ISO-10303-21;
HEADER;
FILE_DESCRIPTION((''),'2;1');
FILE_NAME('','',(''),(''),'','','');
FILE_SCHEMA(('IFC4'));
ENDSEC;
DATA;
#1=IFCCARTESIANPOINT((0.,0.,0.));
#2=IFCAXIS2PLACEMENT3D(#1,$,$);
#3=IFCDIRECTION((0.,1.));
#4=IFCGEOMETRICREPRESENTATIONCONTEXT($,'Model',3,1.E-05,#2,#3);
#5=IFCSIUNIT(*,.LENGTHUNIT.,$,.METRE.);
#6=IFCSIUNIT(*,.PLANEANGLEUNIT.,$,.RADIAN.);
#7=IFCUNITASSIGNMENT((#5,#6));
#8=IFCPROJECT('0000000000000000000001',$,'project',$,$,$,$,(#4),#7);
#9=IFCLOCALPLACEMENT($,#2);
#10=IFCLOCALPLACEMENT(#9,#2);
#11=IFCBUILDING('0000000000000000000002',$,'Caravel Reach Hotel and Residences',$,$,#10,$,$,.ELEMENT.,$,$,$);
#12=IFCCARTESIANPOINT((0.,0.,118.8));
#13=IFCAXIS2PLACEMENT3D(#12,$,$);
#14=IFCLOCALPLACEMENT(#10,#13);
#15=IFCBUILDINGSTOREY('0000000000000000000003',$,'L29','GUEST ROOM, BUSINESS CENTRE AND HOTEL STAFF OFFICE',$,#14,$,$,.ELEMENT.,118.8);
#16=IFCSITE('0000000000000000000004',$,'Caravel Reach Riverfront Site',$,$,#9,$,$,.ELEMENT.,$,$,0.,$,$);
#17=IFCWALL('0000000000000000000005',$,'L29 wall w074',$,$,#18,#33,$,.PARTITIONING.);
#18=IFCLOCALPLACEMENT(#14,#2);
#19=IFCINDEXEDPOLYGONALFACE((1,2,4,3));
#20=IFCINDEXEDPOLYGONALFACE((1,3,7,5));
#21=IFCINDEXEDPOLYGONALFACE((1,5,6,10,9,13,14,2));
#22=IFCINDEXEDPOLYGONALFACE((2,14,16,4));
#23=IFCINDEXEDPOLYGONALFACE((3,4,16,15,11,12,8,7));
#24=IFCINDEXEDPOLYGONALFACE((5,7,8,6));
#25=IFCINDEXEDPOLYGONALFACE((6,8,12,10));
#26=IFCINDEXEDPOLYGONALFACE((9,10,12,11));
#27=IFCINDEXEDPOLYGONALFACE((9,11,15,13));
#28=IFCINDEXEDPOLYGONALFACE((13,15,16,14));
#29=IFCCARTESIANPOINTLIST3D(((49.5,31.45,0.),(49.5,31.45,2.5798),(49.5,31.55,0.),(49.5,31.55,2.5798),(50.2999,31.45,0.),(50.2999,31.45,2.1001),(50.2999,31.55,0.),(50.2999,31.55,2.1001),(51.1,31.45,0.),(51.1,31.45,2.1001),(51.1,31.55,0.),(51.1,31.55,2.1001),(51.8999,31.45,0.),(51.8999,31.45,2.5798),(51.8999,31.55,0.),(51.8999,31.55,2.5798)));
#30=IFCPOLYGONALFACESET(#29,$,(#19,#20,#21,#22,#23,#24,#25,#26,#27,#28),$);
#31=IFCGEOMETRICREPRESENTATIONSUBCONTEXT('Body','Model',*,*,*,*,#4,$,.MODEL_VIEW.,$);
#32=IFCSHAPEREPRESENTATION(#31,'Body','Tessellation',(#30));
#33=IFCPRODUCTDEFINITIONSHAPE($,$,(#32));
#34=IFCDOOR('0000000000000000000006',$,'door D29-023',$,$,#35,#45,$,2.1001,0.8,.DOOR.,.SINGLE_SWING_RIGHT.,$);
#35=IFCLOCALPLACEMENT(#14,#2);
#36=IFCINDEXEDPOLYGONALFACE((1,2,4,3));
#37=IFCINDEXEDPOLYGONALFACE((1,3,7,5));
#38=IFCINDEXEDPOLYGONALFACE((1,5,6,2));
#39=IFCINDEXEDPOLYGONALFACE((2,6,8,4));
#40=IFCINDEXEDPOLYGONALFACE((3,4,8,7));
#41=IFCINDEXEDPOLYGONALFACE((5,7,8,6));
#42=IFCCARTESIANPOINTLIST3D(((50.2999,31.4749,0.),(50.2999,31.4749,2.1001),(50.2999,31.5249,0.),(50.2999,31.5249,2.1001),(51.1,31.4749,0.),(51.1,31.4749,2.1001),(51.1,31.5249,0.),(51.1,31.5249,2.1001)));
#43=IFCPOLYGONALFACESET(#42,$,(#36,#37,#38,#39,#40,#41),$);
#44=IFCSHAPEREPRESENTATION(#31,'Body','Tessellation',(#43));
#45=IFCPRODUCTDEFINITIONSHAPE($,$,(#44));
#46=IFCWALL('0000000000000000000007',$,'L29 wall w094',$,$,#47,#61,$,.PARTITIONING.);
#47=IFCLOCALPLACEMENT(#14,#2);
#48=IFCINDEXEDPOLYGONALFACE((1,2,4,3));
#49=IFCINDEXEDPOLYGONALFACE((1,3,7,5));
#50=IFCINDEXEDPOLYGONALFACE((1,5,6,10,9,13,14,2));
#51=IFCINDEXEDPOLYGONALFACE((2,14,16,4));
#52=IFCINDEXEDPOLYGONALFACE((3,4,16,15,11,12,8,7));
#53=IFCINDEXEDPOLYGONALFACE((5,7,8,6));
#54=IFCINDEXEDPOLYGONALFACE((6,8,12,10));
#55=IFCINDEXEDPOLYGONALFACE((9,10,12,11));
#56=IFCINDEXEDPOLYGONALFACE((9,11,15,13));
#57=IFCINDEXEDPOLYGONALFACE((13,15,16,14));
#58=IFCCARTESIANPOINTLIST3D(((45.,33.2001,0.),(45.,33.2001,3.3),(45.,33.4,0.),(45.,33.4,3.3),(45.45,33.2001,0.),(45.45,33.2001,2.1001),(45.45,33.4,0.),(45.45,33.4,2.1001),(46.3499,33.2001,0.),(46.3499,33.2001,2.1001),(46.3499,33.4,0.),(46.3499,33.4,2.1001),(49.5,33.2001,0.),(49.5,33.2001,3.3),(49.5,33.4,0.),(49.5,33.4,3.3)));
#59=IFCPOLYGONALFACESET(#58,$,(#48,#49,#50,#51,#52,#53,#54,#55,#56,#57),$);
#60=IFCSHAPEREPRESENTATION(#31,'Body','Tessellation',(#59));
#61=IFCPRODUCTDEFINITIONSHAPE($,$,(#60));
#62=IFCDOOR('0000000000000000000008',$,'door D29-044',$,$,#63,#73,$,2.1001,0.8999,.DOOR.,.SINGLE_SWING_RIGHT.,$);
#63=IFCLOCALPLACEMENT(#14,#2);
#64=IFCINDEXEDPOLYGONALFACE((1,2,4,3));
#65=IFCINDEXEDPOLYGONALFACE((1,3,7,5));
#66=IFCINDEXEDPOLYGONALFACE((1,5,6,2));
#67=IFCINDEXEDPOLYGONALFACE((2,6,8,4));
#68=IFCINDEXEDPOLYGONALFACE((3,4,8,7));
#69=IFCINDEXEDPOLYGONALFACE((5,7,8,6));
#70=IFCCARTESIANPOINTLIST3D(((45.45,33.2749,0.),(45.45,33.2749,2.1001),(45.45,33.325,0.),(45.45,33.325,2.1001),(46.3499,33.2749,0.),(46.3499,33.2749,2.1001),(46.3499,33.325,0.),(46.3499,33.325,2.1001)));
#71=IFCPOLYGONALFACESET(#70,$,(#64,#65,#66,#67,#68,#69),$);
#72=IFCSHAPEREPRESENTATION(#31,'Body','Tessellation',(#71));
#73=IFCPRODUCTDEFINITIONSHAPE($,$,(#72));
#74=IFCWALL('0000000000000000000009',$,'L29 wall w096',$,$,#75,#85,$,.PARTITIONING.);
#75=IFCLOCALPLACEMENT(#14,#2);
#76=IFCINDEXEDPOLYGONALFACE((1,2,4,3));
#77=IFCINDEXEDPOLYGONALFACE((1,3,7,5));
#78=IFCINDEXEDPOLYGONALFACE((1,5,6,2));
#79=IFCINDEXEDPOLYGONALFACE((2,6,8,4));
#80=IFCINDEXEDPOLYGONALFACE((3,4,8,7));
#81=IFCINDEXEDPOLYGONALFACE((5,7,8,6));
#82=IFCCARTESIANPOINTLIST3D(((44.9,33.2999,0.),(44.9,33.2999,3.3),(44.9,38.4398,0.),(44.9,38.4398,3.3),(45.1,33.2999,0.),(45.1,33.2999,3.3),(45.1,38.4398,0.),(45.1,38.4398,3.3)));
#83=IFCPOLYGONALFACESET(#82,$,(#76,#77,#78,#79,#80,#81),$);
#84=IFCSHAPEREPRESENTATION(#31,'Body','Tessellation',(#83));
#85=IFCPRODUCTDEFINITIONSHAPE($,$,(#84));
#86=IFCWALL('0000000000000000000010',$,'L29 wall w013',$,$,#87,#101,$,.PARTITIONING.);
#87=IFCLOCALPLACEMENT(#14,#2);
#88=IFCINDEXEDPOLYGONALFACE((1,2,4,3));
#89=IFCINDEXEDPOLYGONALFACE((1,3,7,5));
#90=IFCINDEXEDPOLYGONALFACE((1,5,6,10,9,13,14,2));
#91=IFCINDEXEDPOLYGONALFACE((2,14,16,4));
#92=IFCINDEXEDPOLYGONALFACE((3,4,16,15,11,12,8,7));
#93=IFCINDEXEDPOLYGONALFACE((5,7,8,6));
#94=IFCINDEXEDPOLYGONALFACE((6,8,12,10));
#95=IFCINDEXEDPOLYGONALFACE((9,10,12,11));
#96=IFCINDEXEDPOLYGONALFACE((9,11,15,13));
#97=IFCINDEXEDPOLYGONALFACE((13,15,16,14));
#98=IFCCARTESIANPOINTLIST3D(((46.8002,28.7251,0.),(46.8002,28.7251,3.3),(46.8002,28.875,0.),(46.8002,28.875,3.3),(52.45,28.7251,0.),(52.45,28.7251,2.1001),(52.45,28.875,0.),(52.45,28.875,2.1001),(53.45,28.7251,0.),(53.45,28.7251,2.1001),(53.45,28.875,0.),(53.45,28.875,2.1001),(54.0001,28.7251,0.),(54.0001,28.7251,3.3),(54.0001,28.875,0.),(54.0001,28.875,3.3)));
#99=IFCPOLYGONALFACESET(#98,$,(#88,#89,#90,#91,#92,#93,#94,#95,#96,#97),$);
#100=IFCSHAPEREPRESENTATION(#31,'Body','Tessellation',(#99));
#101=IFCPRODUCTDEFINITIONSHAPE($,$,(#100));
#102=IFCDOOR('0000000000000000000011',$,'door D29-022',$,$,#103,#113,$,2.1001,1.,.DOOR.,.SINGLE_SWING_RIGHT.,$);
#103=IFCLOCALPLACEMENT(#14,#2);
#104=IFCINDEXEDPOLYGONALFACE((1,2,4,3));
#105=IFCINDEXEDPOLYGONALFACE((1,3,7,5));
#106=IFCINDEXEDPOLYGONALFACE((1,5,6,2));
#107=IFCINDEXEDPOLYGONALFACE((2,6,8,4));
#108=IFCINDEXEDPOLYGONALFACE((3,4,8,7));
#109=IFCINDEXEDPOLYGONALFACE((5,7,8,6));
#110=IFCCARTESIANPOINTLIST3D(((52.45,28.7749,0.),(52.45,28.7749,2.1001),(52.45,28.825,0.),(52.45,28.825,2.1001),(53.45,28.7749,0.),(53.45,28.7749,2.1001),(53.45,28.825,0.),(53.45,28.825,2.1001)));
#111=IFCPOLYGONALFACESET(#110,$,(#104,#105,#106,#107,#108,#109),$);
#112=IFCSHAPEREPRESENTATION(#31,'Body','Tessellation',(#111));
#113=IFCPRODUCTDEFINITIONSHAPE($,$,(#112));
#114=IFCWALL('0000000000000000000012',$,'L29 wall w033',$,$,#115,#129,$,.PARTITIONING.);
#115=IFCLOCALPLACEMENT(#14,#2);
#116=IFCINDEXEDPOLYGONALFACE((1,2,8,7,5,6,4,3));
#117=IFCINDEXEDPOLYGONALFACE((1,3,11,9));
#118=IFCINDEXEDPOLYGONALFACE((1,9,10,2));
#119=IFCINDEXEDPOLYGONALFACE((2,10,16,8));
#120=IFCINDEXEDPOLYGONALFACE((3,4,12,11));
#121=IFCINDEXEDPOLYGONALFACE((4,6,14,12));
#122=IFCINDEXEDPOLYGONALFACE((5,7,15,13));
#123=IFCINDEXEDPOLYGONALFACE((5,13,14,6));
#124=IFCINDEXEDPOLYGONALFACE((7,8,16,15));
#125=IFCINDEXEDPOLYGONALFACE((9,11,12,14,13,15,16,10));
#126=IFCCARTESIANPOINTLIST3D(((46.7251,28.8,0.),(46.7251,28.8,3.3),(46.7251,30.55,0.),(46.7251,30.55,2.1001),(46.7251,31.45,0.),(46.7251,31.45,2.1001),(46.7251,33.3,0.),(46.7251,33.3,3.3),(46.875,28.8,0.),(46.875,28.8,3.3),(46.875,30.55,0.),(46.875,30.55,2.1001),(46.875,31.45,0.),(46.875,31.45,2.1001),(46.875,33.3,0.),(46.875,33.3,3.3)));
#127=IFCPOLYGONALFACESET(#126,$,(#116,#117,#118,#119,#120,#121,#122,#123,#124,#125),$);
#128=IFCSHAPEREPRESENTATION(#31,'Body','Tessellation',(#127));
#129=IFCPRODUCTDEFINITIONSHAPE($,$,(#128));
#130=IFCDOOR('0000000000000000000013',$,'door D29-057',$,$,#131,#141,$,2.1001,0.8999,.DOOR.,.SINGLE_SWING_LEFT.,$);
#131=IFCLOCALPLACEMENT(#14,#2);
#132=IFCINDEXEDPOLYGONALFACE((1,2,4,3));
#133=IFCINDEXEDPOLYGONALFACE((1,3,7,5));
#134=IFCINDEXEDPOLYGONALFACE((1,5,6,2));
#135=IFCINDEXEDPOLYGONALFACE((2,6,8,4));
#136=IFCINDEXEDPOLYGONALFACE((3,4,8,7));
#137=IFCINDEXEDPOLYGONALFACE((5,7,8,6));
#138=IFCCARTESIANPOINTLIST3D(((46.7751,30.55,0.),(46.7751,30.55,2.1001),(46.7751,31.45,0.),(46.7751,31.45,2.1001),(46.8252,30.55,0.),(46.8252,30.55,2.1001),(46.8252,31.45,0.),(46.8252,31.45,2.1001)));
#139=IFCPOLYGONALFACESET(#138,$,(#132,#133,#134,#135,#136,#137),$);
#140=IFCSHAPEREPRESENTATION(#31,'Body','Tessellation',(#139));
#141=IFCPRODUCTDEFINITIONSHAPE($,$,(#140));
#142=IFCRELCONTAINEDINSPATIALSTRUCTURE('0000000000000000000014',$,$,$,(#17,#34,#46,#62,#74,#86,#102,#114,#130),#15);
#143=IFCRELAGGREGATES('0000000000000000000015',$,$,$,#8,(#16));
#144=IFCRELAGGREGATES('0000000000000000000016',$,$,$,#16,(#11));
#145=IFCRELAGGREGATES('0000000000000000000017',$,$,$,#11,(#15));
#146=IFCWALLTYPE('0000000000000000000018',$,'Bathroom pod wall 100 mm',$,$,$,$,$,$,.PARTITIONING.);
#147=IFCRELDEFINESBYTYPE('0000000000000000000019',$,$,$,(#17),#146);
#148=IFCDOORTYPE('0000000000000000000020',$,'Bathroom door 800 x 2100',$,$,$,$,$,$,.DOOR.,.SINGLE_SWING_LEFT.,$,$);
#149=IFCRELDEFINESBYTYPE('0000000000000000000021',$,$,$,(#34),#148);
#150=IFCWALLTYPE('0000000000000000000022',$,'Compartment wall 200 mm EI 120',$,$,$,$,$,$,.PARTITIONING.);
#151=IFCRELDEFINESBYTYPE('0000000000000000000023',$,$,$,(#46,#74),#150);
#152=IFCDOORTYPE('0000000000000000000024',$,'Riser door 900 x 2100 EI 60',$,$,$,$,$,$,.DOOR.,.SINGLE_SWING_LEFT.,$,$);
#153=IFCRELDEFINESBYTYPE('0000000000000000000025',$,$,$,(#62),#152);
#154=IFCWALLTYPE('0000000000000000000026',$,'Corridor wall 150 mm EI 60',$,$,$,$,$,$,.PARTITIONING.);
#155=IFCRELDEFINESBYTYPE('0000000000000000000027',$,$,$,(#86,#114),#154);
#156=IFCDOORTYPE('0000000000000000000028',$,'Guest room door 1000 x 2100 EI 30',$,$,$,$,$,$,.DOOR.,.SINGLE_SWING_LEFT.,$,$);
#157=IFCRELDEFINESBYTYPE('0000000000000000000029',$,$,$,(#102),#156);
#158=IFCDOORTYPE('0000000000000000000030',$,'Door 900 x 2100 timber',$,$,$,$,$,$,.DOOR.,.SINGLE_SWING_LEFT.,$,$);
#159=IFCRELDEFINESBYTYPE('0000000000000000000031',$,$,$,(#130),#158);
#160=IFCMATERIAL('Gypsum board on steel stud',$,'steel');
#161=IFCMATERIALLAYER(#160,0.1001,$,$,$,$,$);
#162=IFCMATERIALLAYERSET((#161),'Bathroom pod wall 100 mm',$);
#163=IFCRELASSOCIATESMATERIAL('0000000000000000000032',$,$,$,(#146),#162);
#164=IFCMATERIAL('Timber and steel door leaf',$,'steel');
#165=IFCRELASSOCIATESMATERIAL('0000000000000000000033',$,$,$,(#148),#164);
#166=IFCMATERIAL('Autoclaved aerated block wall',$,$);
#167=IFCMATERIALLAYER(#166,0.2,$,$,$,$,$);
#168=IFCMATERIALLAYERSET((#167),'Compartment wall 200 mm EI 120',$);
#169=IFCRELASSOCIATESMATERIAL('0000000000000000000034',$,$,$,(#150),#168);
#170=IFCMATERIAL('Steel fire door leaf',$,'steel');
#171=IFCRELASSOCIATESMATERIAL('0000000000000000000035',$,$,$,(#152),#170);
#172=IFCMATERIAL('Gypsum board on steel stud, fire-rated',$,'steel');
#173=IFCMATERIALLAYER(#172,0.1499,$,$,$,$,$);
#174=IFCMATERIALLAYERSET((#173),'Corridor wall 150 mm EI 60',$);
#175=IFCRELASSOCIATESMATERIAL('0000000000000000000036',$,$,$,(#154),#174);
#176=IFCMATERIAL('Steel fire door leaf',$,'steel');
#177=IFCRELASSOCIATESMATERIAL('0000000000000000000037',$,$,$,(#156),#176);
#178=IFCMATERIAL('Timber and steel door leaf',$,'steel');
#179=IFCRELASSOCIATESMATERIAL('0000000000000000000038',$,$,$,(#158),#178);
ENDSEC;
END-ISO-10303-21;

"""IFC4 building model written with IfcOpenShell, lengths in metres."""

from ifc_helpers import new_model, si_unit, direction, frame, frame_2d, origin, place, context, subcontext, project, spatial, rectangle, extrude, material, layer, layer_set, type_object, element, fill, save


model = new_model("IFC4")

# Units and contexts
model_context = context("Model", 3, precision=1e-05, world=origin(), true_north=direction((0.0, 1.0)))
body_context = subcontext(model_context, "Body", "Model", "MODEL_VIEW")
ifc_project = project(units=[si_unit("LENGTHUNIT", "METRE"), si_unit("PLANEANGLEUNIT", "RADIAN")], contexts=[model_context])

# Site, building, storey
site_placement = place(None, origin())
site = spatial("IfcSite", under=ifc_project, at=site_placement, Name="Caravel Reach Riverfront Site", CompositionType="ELEMENT", RefElevation=0.0)
building_placement = place(site_placement, origin())
building = spatial("IfcBuilding", under=site, at=building_placement, Name="Caravel Reach Hotel and Residences", CompositionType="ELEMENT")
storey_placement = place(building_placement, frame((0.0, 0.0, 118.8)))
storey = spatial("IfcBuildingStorey", under=building, at=storey_placement, Name="L29", Description="GUEST ROOM, BUSINESS CENTRE AND HOTEL STAFF OFFICE", CompositionType="ELEMENT", Elevation=118.8)

# Walls, openings, doors
ifc_material_1 = material(Name="Gypsum board on steel stud", Category="steel")
ifc_layer_1 = layer(ifc_material_1, 0.1001)
ifc_layer_set_1 = layer_set([ifc_layer_1], Name="Bathroom pod wall 100 mm")
wall_type_1 = type_object("IfcWallType", Name="Bathroom pod wall 100 mm", PredefinedType="PARTITIONING", material=ifc_layer_set_1)
wall_1_placement = place(storey_placement, frame((49.5, 31.5, 0.0), z_axis=(0.0, 0.0, 1.0), x_axis=(1.0, 0.0, 0.0)))
wall_1 = element("IfcWall", 1, at=wall_1_placement, inside=storey, type_object=wall_type_1, Name="L29 wall w074", PredefinedType="PARTITIONING", context=body_context, shape_type="SweptSolid", body=[
    extrude(rectangle(XDim=2.3999, YDim=0.1001, at=frame_2d((1.2, 0.0))), origin(), (0.0, 0.0, 1.0), 2.5798),
])
opening_1_placement = place(wall_1_placement, frame((0.8, 0.0, 0.0)))
opening_1 = element("IfcOpeningElement", 2, at=opening_1_placement, cuts=wall_1, PredefinedType="OPENING", context=body_context, shape_type="SweptSolid", body=[
    extrude(rectangle(XDim=0.8, YDim=2.1001, at=frame_2d((0.3999, 1.05))), frame((0.0, 0.0601, 0.0), z_axis=(0.0, -1.0, 0.0), x_axis=(1.0, 0.0, 0.0)), (0.0, 0.0, 1.0), 0.1201),
])
ifc_material_2 = material(Name="Timber and steel door leaf", Category="steel")
door_type_1 = type_object("IfcDoorType", Name="Bathroom door 800 x 2100", OperationType="SINGLE_SWING_LEFT", PredefinedType="DOOR", material=ifc_material_2)
door_1_placement = place(opening_1_placement, origin())
door_1 = element("IfcDoor", 3, at=door_1_placement, inside=storey, type_object=door_type_1, Name="door D29-023", OperationType="SINGLE_SWING_RIGHT", OverallHeight=2.1001, OverallWidth=0.8, PredefinedType="DOOR", context=body_context, shape_type="SweptSolid", body=[
    extrude(rectangle(XDim=0.8, YDim=2.1001, at=frame_2d((0.3999, 1.05))), frame((0.0, 0.0249, 0.0), z_axis=(0.0, -1.0, 0.0), x_axis=(1.0, 0.0, 0.0)), (0.0, 0.0, 1.0), 0.05),
])
fill(opening_1, door_1)
ifc_material_3 = material(Name="Autoclaved aerated block wall")
ifc_layer_2 = layer(ifc_material_3, 0.2)
ifc_layer_set_2 = layer_set([ifc_layer_2], Name="Compartment wall 200 mm EI 120")
wall_type_2 = type_object("IfcWallType", Name="Compartment wall 200 mm EI 120", PredefinedType="PARTITIONING", material=ifc_layer_set_2)
wall_2_placement = place(storey_placement, frame((45.0, 33.3, 0.0), z_axis=(0.0, 0.0, 1.0), x_axis=(1.0, 0.0, 0.0)))
wall_2 = element("IfcWall", 4, at=wall_2_placement, inside=storey, type_object=wall_type_2, Name="L29 wall w094", PredefinedType="PARTITIONING", context=body_context, shape_type="SweptSolid", body=[
    extrude(rectangle(XDim=4.5, YDim=0.2, at=frame_2d((2.25, 0.0))), origin(), (0.0, 0.0, 1.0), 3.3),
])
opening_2_placement = place(wall_2_placement, frame((0.45, 0.0, 0.0)))
opening_2 = element("IfcOpeningElement", 5, at=opening_2_placement, cuts=wall_2, PredefinedType="OPENING", context=body_context, shape_type="SweptSolid", body=[
    extrude(rectangle(XDim=0.8999, YDim=2.1001, at=frame_2d((0.45, 1.05))), frame((0.0, 0.1099, 0.0), z_axis=(0.0, -1.0, 0.0), x_axis=(1.0, 0.0, 0.0)), (0.0, 0.0, 1.0), 0.22),
])
ifc_material_4 = material(Name="Steel fire door leaf", Category="steel")
door_type_2 = type_object("IfcDoorType", Name="Riser door 900 x 2100 EI 60", OperationType="SINGLE_SWING_LEFT", PredefinedType="DOOR", material=ifc_material_4)
door_2_placement = place(opening_2_placement, origin())
door_2 = element("IfcDoor", 6, at=door_2_placement, inside=storey, type_object=door_type_2, Name="door D29-044", OperationType="SINGLE_SWING_RIGHT", OverallHeight=2.1001, OverallWidth=0.8999, PredefinedType="DOOR", context=body_context, shape_type="SweptSolid", body=[
    extrude(rectangle(XDim=0.8999, YDim=2.1001, at=frame_2d((0.45, 1.05))), frame((0.0, 0.0249, 0.0), z_axis=(0.0, -1.0, 0.0), x_axis=(1.0, 0.0, 0.0)), (0.0, 0.0, 1.0), 0.05),
])
fill(opening_2, door_2)

# Wall
wall_3_placement = place(storey_placement, frame((45.0, 33.3, 0.0), z_axis=(0.0, 0.0, 1.0), x_axis=(0.0, 1.0, 0.0)))
element("IfcWall", 7, at=wall_3_placement, inside=storey, type_object=wall_type_2, Name="L29 wall w096", PredefinedType="PARTITIONING", context=body_context, shape_type="SweptSolid", body=[
    extrude(rectangle(XDim=5.1399, YDim=0.2, at=frame_2d((2.5698, 0.0))), origin(), (0.0, 0.0, 1.0), 3.3),
])

# Walls, openings, doors
ifc_material_5 = material(Name="Gypsum board on steel stud, fire-rated", Category="steel")
ifc_layer_3 = layer(ifc_material_5, 0.1499)
ifc_layer_set_3 = layer_set([ifc_layer_3], Name="Corridor wall 150 mm EI 60")
wall_type_3 = type_object("IfcWallType", Name="Corridor wall 150 mm EI 60", PredefinedType="PARTITIONING", material=ifc_layer_set_3)
wall_4_placement = place(storey_placement, frame((46.8, 28.8, 0.0), z_axis=(0.0, 0.0, 1.0), x_axis=(1.0, 0.0, 0.0)))
wall_4 = element("IfcWall", 8, at=wall_4_placement, inside=storey, type_object=wall_type_3, Name="L29 wall w013", PredefinedType="PARTITIONING", context=body_context, shape_type="SweptSolid", body=[
    extrude(rectangle(XDim=7.2, YDim=0.1499, at=frame_2d((3.6001, 0.0))), origin(), (0.0, 0.0, 1.0), 3.3),
])
opening_3_placement = place(wall_4_placement, frame((5.6499, 0.0, 0.0)))
opening_3 = element("IfcOpeningElement", 9, at=opening_3_placement, cuts=wall_4, PredefinedType="OPENING", context=body_context, shape_type="SweptSolid", body=[
    extrude(rectangle(XDim=1.0, YDim=2.1001, at=frame_2d((0.5, 1.05))), frame((0.0, 0.085, 0.0), z_axis=(0.0, -1.0, 0.0), x_axis=(1.0, 0.0, 0.0)), (0.0, 0.0, 1.0), 0.1699),
])
ifc_material_6 = material(Name="Steel fire door leaf", Category="steel")
door_type_3 = type_object("IfcDoorType", Name="Guest room door 1000 x 2100 EI 30", OperationType="SINGLE_SWING_LEFT", PredefinedType="DOOR", material=ifc_material_6)
door_3_placement = place(opening_3_placement, origin())
door_3 = element("IfcDoor", 10, at=door_3_placement, inside=storey, type_object=door_type_3, Name="door D29-022", OperationType="SINGLE_SWING_RIGHT", OverallHeight=2.1001, OverallWidth=1.0, PredefinedType="DOOR", context=body_context, shape_type="SweptSolid", body=[
    extrude(rectangle(XDim=1.0, YDim=2.1001, at=frame_2d((0.5, 1.05))), frame((0.0, 0.0249, 0.0), z_axis=(0.0, -1.0, 0.0), x_axis=(1.0, 0.0, 0.0)), (0.0, 0.0, 1.0), 0.05),
])
fill(opening_3, door_3)
wall_5_placement = place(storey_placement, frame((46.8, 28.8, 0.0), z_axis=(0.0, 0.0, 1.0), x_axis=(0.0, 1.0, 0.0)))
wall_5 = element("IfcWall", 11, at=wall_5_placement, inside=storey, type_object=wall_type_3, Name="L29 wall w033", PredefinedType="PARTITIONING", context=body_context, shape_type="SweptSolid", body=[
    extrude(rectangle(XDim=4.5, YDim=0.1499, at=frame_2d((2.25, 0.0))), origin(), (0.0, 0.0, 1.0), 3.3),
])
opening_4_placement = place(wall_5_placement, frame((1.75, 0.0, 0.0)))
opening_4 = element("IfcOpeningElement", 12, at=opening_4_placement, cuts=wall_5, PredefinedType="OPENING", context=body_context, shape_type="SweptSolid", body=[
    extrude(rectangle(XDim=0.8999, YDim=2.1001, at=frame_2d((0.45, 1.05))), frame((0.0, 0.085, 0.0), z_axis=(0.0, -1.0, 0.0), x_axis=(1.0, 0.0, 0.0)), (0.0, 0.0, 1.0), 0.1699),
])
ifc_material_7 = material(Name="Timber and steel door leaf", Category="steel")
door_type_4 = type_object("IfcDoorType", Name="Door 900 x 2100 timber", OperationType="SINGLE_SWING_LEFT", PredefinedType="DOOR", material=ifc_material_7)
door_4_placement = place(opening_4_placement, origin())
door_4 = element("IfcDoor", 13, at=door_4_placement, inside=storey, type_object=door_type_4, Name="door D29-057", OperationType="SINGLE_SWING_LEFT", OverallHeight=2.1001, OverallWidth=0.8999, PredefinedType="DOOR", context=body_context, shape_type="SweptSolid", body=[
    extrude(rectangle(XDim=0.8999, YDim=2.1001, at=frame_2d((0.45, 1.05))), frame((0.0, 0.0249, 0.0), z_axis=(0.0, -1.0, 0.0), x_axis=(1.0, 0.0, 0.0)), (0.0, 0.0, 1.0), 0.05),
])
fill(opening_4, door_4)

save(model, "model.ifc")
